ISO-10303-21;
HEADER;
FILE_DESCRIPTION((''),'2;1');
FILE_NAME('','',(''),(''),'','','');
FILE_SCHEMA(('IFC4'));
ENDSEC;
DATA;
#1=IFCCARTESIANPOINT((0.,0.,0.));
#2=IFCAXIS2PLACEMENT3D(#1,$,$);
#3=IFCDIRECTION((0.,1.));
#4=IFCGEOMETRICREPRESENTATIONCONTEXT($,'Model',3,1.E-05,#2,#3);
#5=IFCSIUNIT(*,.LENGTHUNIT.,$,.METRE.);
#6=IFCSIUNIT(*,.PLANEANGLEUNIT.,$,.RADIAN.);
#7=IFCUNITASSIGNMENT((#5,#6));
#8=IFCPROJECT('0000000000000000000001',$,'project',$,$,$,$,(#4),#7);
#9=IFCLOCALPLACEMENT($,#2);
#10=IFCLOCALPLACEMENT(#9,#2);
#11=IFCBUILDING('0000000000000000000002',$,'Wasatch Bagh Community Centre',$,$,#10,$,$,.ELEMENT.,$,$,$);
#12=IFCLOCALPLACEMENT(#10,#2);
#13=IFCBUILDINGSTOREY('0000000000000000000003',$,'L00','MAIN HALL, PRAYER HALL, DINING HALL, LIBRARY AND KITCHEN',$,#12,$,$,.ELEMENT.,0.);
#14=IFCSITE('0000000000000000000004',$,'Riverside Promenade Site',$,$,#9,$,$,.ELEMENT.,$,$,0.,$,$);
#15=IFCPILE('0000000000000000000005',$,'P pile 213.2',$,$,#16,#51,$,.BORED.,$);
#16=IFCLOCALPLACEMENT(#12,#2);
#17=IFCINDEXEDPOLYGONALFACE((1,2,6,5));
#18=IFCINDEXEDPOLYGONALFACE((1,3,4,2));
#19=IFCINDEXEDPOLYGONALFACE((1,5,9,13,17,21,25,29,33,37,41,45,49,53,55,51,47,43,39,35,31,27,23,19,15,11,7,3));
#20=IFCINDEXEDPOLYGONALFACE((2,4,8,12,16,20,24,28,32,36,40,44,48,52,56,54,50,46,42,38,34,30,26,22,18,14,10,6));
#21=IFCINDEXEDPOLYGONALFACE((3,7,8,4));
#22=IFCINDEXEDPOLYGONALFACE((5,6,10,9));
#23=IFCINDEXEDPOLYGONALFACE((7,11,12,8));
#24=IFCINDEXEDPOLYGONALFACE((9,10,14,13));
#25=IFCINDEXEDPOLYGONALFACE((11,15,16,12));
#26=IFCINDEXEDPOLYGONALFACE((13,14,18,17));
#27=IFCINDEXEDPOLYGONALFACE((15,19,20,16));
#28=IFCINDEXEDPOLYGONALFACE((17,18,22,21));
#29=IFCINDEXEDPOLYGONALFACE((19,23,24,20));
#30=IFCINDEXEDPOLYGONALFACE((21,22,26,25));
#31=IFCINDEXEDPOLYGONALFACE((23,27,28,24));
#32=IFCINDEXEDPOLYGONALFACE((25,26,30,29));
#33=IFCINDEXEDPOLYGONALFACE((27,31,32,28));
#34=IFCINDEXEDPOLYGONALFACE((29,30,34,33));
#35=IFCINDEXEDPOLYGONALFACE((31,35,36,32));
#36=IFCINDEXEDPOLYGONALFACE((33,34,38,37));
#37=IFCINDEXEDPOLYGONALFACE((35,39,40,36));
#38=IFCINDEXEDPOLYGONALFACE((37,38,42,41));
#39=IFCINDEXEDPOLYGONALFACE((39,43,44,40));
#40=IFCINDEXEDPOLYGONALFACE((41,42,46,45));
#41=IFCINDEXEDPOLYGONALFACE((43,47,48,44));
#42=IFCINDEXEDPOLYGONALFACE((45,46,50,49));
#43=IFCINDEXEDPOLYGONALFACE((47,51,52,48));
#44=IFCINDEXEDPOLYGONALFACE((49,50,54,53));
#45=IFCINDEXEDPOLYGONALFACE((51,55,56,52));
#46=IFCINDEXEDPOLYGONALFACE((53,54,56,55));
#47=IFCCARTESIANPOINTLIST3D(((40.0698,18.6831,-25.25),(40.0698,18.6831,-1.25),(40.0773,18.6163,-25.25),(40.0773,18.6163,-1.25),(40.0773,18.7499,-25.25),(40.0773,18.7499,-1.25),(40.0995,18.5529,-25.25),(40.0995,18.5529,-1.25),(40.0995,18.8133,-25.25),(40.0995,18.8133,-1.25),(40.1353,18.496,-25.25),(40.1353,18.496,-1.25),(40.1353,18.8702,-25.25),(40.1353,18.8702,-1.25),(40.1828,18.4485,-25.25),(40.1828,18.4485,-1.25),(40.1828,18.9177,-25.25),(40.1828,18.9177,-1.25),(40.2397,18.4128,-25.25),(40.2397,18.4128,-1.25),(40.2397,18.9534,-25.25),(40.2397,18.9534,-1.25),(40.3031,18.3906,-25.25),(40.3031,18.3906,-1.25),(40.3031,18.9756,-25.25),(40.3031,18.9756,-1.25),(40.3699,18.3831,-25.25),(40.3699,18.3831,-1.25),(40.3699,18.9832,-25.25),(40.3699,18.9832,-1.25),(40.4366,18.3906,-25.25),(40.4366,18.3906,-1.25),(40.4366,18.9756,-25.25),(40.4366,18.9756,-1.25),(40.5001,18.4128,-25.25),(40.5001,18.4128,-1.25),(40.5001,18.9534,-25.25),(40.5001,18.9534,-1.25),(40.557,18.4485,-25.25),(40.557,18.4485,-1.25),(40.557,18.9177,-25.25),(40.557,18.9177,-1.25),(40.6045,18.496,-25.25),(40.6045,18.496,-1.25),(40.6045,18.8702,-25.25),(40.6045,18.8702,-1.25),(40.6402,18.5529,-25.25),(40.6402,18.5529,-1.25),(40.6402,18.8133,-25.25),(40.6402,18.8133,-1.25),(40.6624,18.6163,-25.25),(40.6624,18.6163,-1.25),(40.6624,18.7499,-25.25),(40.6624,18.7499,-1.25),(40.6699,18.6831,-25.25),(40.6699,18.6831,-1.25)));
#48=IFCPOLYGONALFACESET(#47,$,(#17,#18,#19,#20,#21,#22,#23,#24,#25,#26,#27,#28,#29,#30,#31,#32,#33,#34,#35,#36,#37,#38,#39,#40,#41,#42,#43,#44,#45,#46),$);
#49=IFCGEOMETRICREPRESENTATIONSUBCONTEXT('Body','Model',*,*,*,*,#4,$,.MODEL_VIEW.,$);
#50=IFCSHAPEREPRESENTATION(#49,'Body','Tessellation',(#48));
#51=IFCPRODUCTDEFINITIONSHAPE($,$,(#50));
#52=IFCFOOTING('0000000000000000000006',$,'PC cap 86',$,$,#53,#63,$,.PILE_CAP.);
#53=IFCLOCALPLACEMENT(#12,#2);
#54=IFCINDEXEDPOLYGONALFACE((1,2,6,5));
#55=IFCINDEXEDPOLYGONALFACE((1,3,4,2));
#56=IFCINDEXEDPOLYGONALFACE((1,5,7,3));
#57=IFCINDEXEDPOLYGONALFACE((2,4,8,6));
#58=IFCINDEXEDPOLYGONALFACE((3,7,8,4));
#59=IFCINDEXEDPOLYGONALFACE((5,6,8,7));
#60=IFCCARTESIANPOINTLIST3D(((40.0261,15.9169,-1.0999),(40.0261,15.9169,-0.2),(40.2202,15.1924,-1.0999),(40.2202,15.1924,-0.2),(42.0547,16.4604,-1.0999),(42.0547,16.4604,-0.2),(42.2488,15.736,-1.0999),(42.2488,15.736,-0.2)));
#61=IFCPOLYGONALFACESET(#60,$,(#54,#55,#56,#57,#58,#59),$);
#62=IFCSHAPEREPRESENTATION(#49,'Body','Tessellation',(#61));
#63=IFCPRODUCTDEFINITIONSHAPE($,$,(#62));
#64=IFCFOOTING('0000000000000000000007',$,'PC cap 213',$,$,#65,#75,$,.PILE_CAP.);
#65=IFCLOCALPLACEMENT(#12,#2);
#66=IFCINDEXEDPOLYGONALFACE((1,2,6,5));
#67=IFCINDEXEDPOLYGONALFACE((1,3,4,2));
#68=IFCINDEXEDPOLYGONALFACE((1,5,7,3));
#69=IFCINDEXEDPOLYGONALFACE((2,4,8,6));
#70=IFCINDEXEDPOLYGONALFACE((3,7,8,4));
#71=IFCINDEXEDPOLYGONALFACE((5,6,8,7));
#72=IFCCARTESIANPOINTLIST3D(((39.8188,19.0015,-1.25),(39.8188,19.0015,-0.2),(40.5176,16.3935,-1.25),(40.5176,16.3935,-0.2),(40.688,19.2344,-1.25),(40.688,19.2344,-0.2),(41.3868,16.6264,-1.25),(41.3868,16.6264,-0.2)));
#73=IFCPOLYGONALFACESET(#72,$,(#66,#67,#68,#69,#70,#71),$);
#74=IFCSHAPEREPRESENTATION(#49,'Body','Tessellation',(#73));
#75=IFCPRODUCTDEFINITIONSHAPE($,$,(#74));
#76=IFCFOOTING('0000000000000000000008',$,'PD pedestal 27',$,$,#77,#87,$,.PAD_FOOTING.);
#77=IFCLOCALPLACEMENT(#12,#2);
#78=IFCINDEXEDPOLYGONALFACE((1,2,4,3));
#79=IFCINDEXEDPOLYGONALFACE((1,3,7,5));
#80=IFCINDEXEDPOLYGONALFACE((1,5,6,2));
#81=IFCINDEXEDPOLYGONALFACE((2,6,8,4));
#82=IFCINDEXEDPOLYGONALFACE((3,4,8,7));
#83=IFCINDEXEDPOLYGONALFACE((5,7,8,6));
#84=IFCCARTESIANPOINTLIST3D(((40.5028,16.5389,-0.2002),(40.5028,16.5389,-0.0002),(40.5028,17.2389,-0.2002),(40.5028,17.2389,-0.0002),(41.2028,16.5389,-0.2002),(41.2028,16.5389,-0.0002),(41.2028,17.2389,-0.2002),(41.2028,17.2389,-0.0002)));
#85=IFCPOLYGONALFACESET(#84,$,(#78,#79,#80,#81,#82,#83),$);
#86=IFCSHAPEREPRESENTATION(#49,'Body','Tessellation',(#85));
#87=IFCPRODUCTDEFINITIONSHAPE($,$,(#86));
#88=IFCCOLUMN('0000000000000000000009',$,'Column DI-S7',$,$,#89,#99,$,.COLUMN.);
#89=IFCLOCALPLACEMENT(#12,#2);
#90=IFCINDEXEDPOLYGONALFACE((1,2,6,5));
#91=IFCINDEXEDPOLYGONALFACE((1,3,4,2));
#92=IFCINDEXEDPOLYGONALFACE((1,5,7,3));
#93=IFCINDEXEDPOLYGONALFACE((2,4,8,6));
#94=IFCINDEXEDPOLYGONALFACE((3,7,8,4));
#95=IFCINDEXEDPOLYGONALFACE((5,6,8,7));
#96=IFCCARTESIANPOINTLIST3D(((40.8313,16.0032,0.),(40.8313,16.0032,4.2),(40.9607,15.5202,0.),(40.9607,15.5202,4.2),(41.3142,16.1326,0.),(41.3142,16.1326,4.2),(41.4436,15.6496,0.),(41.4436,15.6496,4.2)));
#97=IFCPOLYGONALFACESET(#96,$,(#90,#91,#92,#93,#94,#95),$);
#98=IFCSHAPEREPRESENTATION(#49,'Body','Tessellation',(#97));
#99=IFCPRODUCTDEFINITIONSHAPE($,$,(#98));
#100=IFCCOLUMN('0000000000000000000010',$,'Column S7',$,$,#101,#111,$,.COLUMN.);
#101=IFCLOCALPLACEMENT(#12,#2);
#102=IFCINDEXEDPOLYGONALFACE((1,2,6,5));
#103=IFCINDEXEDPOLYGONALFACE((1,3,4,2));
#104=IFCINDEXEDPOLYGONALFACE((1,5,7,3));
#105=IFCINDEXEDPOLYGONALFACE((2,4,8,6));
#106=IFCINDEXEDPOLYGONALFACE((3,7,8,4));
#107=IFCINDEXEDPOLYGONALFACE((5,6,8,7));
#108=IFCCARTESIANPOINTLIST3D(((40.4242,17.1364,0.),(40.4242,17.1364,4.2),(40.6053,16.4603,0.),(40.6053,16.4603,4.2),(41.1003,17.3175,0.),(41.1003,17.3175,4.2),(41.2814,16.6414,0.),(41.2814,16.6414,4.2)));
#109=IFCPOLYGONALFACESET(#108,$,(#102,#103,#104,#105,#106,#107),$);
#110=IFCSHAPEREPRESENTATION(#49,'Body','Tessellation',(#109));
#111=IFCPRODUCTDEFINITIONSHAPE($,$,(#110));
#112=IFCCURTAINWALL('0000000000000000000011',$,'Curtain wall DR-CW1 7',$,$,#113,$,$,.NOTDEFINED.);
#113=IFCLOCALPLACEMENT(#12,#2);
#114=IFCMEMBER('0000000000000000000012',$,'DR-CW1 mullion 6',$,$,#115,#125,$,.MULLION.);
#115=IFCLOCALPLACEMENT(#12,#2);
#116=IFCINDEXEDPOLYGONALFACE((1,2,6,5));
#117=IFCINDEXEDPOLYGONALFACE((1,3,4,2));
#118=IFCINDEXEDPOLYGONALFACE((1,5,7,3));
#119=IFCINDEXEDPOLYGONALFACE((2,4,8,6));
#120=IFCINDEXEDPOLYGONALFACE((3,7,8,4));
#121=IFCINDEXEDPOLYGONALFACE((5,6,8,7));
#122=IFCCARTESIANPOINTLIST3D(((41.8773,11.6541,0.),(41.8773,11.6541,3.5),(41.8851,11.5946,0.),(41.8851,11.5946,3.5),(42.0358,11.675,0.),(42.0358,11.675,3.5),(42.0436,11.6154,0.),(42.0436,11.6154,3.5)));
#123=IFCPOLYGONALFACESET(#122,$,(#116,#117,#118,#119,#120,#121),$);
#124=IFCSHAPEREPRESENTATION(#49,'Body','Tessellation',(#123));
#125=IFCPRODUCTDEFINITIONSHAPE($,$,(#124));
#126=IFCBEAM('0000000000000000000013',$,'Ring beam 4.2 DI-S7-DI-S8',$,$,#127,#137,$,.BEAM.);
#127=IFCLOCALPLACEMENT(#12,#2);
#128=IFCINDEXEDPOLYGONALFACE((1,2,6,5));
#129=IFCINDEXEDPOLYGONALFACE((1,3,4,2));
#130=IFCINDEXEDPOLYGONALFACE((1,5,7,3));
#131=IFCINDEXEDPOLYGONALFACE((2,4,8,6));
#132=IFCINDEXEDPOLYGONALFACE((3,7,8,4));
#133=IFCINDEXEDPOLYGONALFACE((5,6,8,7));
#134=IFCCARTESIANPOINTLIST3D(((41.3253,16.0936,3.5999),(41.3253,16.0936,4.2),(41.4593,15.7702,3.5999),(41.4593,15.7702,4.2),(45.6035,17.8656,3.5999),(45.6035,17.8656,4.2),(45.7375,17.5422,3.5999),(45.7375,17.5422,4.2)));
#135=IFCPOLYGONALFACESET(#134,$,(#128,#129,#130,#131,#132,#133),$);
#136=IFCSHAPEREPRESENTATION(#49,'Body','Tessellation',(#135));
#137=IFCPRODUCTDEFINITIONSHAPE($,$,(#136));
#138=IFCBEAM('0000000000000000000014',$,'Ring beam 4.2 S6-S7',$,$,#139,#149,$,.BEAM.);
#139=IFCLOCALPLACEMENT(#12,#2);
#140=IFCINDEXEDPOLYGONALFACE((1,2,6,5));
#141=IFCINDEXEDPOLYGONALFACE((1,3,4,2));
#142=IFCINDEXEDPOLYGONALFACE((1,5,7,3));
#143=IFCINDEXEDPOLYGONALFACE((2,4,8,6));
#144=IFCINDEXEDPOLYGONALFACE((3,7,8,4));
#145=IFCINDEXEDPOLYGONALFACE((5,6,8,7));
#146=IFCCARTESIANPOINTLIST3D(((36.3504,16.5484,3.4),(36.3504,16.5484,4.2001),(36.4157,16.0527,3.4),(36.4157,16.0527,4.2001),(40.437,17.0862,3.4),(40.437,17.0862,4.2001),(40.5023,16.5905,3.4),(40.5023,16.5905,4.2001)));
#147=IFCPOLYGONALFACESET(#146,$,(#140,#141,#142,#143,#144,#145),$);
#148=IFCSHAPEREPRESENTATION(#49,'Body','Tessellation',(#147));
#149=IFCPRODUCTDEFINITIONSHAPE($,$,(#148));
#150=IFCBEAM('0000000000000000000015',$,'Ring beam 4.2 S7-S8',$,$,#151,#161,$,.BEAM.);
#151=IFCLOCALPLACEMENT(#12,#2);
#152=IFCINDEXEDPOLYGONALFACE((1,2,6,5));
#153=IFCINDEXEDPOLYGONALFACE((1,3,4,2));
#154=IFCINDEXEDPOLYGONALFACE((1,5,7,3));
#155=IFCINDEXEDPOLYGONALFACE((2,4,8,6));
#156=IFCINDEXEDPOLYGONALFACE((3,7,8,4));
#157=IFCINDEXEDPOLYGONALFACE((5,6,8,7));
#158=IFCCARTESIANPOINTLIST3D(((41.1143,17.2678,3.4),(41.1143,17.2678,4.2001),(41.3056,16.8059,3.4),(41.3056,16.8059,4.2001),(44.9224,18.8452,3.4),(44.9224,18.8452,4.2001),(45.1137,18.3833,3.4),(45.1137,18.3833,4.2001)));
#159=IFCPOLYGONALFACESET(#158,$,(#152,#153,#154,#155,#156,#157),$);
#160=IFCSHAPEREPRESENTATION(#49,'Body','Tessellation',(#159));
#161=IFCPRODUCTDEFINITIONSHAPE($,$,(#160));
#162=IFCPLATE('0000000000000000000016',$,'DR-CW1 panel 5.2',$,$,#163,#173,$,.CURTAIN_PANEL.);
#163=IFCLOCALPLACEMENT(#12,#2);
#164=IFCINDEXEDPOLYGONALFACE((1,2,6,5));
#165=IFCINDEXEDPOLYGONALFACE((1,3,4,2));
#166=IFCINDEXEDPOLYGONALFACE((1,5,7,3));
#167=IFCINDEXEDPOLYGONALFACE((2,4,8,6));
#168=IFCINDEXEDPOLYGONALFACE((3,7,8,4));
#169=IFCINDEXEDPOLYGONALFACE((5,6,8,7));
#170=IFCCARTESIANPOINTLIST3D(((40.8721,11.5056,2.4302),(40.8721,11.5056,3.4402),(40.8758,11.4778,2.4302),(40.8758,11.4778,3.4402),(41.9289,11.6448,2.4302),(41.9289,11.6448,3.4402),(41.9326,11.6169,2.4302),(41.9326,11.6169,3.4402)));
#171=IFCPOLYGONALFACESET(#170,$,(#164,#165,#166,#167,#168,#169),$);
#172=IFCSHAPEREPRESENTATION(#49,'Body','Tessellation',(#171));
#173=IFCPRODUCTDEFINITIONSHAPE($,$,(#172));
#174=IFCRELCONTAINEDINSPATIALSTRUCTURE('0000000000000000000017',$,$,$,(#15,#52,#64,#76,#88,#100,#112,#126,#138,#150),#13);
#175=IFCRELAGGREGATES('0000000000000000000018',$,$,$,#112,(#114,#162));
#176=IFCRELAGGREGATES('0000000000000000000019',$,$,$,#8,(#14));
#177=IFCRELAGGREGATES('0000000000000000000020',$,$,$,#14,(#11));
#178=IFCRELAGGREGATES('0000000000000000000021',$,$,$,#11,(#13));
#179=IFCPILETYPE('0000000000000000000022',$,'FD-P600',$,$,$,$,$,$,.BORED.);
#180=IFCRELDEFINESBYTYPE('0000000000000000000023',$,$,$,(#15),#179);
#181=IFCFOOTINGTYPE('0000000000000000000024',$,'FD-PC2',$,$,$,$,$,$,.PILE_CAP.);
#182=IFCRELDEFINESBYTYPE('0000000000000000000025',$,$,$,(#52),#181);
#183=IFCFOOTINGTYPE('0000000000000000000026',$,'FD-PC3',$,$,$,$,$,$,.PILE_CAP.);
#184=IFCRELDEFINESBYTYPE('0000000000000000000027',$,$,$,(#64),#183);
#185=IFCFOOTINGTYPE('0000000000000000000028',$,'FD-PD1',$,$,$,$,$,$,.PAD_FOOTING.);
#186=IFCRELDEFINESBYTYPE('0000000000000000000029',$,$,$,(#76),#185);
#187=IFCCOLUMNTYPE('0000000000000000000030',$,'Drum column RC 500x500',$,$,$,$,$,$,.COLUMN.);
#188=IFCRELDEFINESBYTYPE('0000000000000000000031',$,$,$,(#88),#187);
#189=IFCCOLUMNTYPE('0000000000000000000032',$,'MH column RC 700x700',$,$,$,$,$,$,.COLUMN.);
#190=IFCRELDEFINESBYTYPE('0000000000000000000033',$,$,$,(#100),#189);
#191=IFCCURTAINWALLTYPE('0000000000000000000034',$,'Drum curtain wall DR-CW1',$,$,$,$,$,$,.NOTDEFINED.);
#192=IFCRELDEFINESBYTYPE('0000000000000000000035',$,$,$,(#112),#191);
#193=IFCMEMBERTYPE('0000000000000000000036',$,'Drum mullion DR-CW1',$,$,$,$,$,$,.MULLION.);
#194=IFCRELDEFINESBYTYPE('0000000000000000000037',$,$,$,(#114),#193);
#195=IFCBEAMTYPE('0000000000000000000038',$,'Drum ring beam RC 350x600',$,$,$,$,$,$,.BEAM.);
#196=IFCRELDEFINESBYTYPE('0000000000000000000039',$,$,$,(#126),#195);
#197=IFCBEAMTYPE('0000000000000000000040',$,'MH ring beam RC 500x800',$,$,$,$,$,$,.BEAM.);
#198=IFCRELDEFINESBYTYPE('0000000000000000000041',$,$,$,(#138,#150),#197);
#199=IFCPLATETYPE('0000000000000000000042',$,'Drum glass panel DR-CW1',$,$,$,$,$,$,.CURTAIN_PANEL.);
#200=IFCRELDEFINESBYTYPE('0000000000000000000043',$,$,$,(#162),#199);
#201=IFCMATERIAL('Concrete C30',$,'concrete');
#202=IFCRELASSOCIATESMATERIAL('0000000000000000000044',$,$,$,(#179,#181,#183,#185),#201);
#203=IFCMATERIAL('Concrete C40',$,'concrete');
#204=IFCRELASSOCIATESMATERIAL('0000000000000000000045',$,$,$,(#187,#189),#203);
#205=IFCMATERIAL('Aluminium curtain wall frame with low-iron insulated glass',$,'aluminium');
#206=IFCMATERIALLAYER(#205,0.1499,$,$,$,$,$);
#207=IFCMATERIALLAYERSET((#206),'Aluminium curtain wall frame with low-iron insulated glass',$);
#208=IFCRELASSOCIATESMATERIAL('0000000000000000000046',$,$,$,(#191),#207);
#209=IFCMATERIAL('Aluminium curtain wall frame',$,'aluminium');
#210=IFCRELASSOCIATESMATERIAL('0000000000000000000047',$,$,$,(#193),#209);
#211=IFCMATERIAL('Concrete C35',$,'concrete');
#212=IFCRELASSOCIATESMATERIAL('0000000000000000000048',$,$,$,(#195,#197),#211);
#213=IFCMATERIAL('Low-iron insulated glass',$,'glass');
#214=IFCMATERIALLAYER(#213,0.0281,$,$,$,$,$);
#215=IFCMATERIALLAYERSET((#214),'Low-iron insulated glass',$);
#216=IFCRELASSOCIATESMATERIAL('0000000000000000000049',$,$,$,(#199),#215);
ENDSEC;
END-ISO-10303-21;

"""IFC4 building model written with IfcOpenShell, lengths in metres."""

from ifc_helpers import new_model, si_unit, direction, frame, origin, origin_2d, place, context, subcontext, project, spatial, rectangle, circle, extrude, material, layer, layer_set, material_profile, profile_set, type_object, element, aggregate, save


model = new_model("IFC4")

# Units and contexts
model_context = context("Model", 3, precision=1e-05, world=origin(), true_north=direction((0.0, 1.0)))
body_context = subcontext(model_context, "Body", "Model", "MODEL_VIEW")
ifc_project = project(units=[si_unit("LENGTHUNIT", "METRE"), si_unit("PLANEANGLEUNIT", "RADIAN")], contexts=[model_context])

# Site, building, storey
site_placement = place(None, origin())
site = spatial("IfcSite", under=ifc_project, at=site_placement, Name="Riverside Promenade Site", CompositionType="ELEMENT", RefElevation=0.0)
building_placement = place(site_placement, origin())
building = spatial("IfcBuilding", under=site, at=building_placement, Name="Wasatch Bagh Community Centre", CompositionType="ELEMENT")
storey_placement = place(building_placement, origin())
storey = spatial("IfcBuildingStorey", under=building, at=storey_placement, Name="L00", Description="MAIN HALL, PRAYER HALL, DINING HALL, LIBRARY AND KITCHEN", CompositionType="ELEMENT", Elevation=0.0)

# Shared definitions
ifc_material_1 = material(Name="Concrete C35", Category="concrete")

# Pile
ifc_material_2 = material(Name="Concrete C30", Category="concrete")
ifc_material_profile_1 = material_profile(ifc_material_2, circle(Radius=0.3, at=origin_2d()), Name="RC D600")
ifc_profile_set_1 = profile_set([ifc_material_profile_1], Name="Concrete C30")
pile_type_1 = type_object("IfcPileType", Name="FD-P600", PredefinedType="BORED", material=ifc_profile_set_1)
for number, where, z_axis, x_axis, name in (
    (1, (40.3699, 18.6831, -1.25), (0.0, 0.0, -1.0), (1.0, 0.0, 0.0), "P pile 213.2"),
):
    element("IfcPile", number, at=place(storey_placement, frame(where, z_axis=z_axis, x_axis=x_axis)), inside=storey, type_object=pile_type_1, Name=name, PredefinedType="BORED", context=body_context, shape_type="SweptSolid", body=[
        extrude(circle(Radius=0.3, at=origin_2d()), origin(), (0.0, 0.0, 1.0), 24.0),
    ])

# Footings
footing_type_1 = type_object("IfcFootingType", Name="FD-PC2", PredefinedType="PILE_CAP", material=ifc_material_2)
footing_1_placement = place(storey_placement, frame((41.1375, 15.8264, -1.0999), z_axis=(0.0, 0.0, 1.0), x_axis=(0.965926, 0.258819, 0.0)))
element("IfcFooting", 2, at=footing_1_placement, inside=storey, type_object=footing_type_1, Name="PC cap 86", PredefinedType="PILE_CAP", context=body_context, shape_type="SweptSolid", body=[
    extrude(rectangle(XDim=2.1001, YDim=0.75, at=origin_2d()), origin(), (0.0, 0.0, 1.0), 0.8999),
])
footing_type_2 = type_object("IfcFootingType", Name="FD-PC3", PredefinedType="PILE_CAP", material=ifc_material_2)
footing_2_placement = place(storey_placement, frame((40.6028, 17.814, -1.25), z_axis=(0.0, 0.0, 1.0), x_axis=(-0.258819, 0.965926, 0.0)))
element("IfcFooting", 3, at=footing_2_placement, inside=storey, type_object=footing_type_2, Name="PC cap 213", PredefinedType="PILE_CAP", context=body_context, shape_type="SweptSolid", body=[
    extrude(rectangle(XDim=2.7, YDim=0.8999, at=origin_2d()), origin(), (0.0, 0.0, 1.0), 1.05),
])
footing_type_3 = type_object("IfcFootingType", Name="FD-PD1", PredefinedType="PAD_FOOTING", material=ifc_material_2)
footing_3_placement = place(storey_placement, frame((40.8528, 16.8889, -0.2002), z_axis=(0.0, 0.0, 1.0), x_axis=(1.0, 0.0, 0.0)))
element("IfcFooting", 4, at=footing_3_placement, inside=storey, type_object=footing_type_3, Name="PD pedestal 27", PredefinedType="PAD_FOOTING", context=body_context, shape_type="SweptSolid", body=[
    extrude(rectangle(XDim=0.7, YDim=0.7, at=origin_2d()), origin(), (0.0, 0.0, 1.0), 0.2),
])

# Columns
ifc_material_3 = material(Name="Concrete C40", Category="concrete")
ifc_material_profile_2 = material_profile(ifc_material_3, rectangle(XDim=0.5, YDim=0.5, at=origin_2d()), Name="RC 500x500")
ifc_profile_set_2 = profile_set([ifc_material_profile_2], Name="Concrete C40")
column_type_1 = type_object("IfcColumnType", Name="Drum column RC 500x500", PredefinedType="COLUMN", material=ifc_profile_set_2)
column_1_placement = place(storey_placement, frame((41.1375, 15.8264, 0.0), z_axis=(0.0, 0.0, 1.0), x_axis=(0.965926, 0.258819, 0.0)))
element("IfcColumn", 5, at=column_1_placement, inside=storey, type_object=column_type_1, Name="Column DI-S7", PredefinedType="COLUMN", context=body_context, shape_type="SweptSolid", body=[
    extrude(rectangle(XDim=0.5, YDim=0.5, at=origin_2d()), origin(), (0.0, 0.0, 1.0), 4.2),
])
ifc_material_profile_3 = material_profile(ifc_material_3, rectangle(XDim=0.7, YDim=0.7, at=origin_2d()), Name="RC 700x700")
ifc_profile_set_3 = profile_set([ifc_material_profile_3], Name="Concrete C40")
column_type_2 = type_object("IfcColumnType", Name="MH column RC 700x700", PredefinedType="COLUMN", material=ifc_profile_set_3)
column_2_placement = place(storey_placement, frame((40.8528, 16.8889, 0.0), z_axis=(0.0, 0.0, 1.0), x_axis=(0.965926, 0.258819, 0.0)))
element("IfcColumn", 6, at=column_2_placement, inside=storey, type_object=column_type_2, Name="Column S7", PredefinedType="COLUMN", context=body_context, shape_type="SweptSolid", body=[
    extrude(rectangle(XDim=0.7, YDim=0.7, at=origin_2d()), origin(), (0.0, 0.0, 1.0), 4.2),
])

# Curtain wall, member
ifc_material_4 = material(Name="Aluminium curtain wall frame with low-iron insulated glass", Category="aluminium")
ifc_layer_1 = layer(ifc_material_4, 0.1499)
ifc_layer_set_1 = layer_set([ifc_layer_1], Name="Aluminium curtain wall frame with low-iron insulated glass")
curtain_wall_type = type_object("IfcCurtainWallType", Name="Drum curtain wall DR-CW1", PredefinedType="NOTDEFINED", material=ifc_layer_set_1)
curtain_wall_placement = place(storey_placement, origin())
curtain_wall = element("IfcCurtainWall", 7, at=curtain_wall_placement, inside=storey, type_object=curtain_wall_type, Name="Curtain wall DR-CW1 7", PredefinedType="NOTDEFINED")
ifc_material_5 = material(Name="Aluminium curtain wall frame", Category="aluminium")
ifc_material_profile_4 = material_profile(ifc_material_5, rectangle(XDim=0.0601, YDim=0.1599, at=origin_2d()), Name="Drum mullion DR-CW1")
ifc_profile_set_4 = profile_set([ifc_material_profile_4], Name="Aluminium curtain wall frame")
member_type = type_object("IfcMemberType", Name="Drum mullion DR-CW1", PredefinedType="MULLION", material=ifc_profile_set_4)
member_placement = place(storey_placement, frame((41.9604, 11.6348, 0.0), z_axis=(0.0, 0.0, 1.0), x_axis=(-0.130526, 0.991445, 0.0)))
member = element("IfcMember", 8, at=member_placement, type_object=member_type, Name="DR-CW1 mullion 6", PredefinedType="MULLION", context=body_context, shape_type="SweptSolid", body=[
    extrude(rectangle(XDim=0.0601, YDim=0.1599, at=origin_2d()), origin(), (0.0, 0.0, 1.0), 3.5),
])

# Beams
ifc_material_profile_5 = material_profile(ifc_material_1, rectangle(XDim=0.3501, YDim=0.6001, at=origin_2d()), Name="RC 350x600")
ifc_profile_set_5 = profile_set([ifc_material_profile_5], Name="Concrete C35")
beam_type_1 = type_object("IfcBeamType", Name="Drum ring beam RC 350x600", PredefinedType="BEAM", material=ifc_profile_set_5)
beam_placement = place(storey_placement, frame((41.3923, 15.9319, 3.8999), z_axis=(0.923884, 0.382672, 0.0), x_axis=(-0.382672, 0.923884, 0.0)))
element("IfcBeam", 9, at=beam_placement, inside=storey, type_object=beam_type_1, Name="Ring beam 4.2 DI-S7-DI-S8", PredefinedType="BEAM", context=body_context, shape_type="SweptSolid", body=[
    extrude(rectangle(XDim=0.3501, YDim=0.6001, at=origin_2d()), origin(), (0.0, 0.0, 1.0), 4.6306),
])
ifc_material_profile_6 = material_profile(ifc_material_1, rectangle(XDim=0.5, YDim=0.8, at=origin_2d()), Name="RC 500x800")
ifc_profile_set_6 = profile_set([ifc_material_profile_6], Name="Concrete C35")
beam_type_2 = type_object("IfcBeamType", Name="MH ring beam RC 500x800", PredefinedType="BEAM", material=ifc_profile_set_6)
for number, where, z_axis, x_axis, name in (
    (10, (36.3831, 16.3005, 3.8), (0.99145, 0.130484, 0.0), (-0.130484, 0.99145, 0.0), "Ring beam 4.2 S6-S7"),
    (11, (41.21, 17.0369, 3.8), (0.923878, 0.382688, 0.0), (-0.382688, 0.923878, 0.0), "Ring beam 4.2 S7-S8"),
):
    element("IfcBeam", number, at=place(storey_placement, frame(where, z_axis=z_axis, x_axis=x_axis)), inside=storey, type_object=beam_type_2, Name=name, PredefinedType="BEAM", context=body_context, shape_type="SweptSolid", body=[
        extrude(rectangle(XDim=0.5, YDim=0.8, at=origin_2d()), origin(), (0.0, 0.0, 1.0), 4.1218),
    ])

# Plate
ifc_material_6 = material(Name="Low-iron insulated glass", Category="glass")
ifc_layer_2 = layer(ifc_material_6, 0.0281)
ifc_layer_set_2 = layer_set([ifc_layer_2], Name="Low-iron insulated glass")
plate_type = type_object("IfcPlateType", Name="Drum glass panel DR-CW1", PredefinedType="CURTAIN_PANEL", material=ifc_layer_set_2)
plate_placement = place(storey_placement, frame((41.4023, 11.5613, 2.4302), z_axis=(0.0, 0.0, 1.0), x_axis=(0.991445, 0.130526, 0.0)))
plate = element("IfcPlate", 12, at=plate_placement, type_object=plate_type, Name="DR-CW1 panel 5.2", PredefinedType="CURTAIN_PANEL", context=body_context, shape_type="SweptSolid", body=[
    extrude(rectangle(XDim=1.0659, YDim=0.0281, at=origin_2d()), origin(), (0.0, 0.0, 1.0), 1.01),
])
aggregate(curtain_wall, [member, plate])

save(model, "model.ifc")
